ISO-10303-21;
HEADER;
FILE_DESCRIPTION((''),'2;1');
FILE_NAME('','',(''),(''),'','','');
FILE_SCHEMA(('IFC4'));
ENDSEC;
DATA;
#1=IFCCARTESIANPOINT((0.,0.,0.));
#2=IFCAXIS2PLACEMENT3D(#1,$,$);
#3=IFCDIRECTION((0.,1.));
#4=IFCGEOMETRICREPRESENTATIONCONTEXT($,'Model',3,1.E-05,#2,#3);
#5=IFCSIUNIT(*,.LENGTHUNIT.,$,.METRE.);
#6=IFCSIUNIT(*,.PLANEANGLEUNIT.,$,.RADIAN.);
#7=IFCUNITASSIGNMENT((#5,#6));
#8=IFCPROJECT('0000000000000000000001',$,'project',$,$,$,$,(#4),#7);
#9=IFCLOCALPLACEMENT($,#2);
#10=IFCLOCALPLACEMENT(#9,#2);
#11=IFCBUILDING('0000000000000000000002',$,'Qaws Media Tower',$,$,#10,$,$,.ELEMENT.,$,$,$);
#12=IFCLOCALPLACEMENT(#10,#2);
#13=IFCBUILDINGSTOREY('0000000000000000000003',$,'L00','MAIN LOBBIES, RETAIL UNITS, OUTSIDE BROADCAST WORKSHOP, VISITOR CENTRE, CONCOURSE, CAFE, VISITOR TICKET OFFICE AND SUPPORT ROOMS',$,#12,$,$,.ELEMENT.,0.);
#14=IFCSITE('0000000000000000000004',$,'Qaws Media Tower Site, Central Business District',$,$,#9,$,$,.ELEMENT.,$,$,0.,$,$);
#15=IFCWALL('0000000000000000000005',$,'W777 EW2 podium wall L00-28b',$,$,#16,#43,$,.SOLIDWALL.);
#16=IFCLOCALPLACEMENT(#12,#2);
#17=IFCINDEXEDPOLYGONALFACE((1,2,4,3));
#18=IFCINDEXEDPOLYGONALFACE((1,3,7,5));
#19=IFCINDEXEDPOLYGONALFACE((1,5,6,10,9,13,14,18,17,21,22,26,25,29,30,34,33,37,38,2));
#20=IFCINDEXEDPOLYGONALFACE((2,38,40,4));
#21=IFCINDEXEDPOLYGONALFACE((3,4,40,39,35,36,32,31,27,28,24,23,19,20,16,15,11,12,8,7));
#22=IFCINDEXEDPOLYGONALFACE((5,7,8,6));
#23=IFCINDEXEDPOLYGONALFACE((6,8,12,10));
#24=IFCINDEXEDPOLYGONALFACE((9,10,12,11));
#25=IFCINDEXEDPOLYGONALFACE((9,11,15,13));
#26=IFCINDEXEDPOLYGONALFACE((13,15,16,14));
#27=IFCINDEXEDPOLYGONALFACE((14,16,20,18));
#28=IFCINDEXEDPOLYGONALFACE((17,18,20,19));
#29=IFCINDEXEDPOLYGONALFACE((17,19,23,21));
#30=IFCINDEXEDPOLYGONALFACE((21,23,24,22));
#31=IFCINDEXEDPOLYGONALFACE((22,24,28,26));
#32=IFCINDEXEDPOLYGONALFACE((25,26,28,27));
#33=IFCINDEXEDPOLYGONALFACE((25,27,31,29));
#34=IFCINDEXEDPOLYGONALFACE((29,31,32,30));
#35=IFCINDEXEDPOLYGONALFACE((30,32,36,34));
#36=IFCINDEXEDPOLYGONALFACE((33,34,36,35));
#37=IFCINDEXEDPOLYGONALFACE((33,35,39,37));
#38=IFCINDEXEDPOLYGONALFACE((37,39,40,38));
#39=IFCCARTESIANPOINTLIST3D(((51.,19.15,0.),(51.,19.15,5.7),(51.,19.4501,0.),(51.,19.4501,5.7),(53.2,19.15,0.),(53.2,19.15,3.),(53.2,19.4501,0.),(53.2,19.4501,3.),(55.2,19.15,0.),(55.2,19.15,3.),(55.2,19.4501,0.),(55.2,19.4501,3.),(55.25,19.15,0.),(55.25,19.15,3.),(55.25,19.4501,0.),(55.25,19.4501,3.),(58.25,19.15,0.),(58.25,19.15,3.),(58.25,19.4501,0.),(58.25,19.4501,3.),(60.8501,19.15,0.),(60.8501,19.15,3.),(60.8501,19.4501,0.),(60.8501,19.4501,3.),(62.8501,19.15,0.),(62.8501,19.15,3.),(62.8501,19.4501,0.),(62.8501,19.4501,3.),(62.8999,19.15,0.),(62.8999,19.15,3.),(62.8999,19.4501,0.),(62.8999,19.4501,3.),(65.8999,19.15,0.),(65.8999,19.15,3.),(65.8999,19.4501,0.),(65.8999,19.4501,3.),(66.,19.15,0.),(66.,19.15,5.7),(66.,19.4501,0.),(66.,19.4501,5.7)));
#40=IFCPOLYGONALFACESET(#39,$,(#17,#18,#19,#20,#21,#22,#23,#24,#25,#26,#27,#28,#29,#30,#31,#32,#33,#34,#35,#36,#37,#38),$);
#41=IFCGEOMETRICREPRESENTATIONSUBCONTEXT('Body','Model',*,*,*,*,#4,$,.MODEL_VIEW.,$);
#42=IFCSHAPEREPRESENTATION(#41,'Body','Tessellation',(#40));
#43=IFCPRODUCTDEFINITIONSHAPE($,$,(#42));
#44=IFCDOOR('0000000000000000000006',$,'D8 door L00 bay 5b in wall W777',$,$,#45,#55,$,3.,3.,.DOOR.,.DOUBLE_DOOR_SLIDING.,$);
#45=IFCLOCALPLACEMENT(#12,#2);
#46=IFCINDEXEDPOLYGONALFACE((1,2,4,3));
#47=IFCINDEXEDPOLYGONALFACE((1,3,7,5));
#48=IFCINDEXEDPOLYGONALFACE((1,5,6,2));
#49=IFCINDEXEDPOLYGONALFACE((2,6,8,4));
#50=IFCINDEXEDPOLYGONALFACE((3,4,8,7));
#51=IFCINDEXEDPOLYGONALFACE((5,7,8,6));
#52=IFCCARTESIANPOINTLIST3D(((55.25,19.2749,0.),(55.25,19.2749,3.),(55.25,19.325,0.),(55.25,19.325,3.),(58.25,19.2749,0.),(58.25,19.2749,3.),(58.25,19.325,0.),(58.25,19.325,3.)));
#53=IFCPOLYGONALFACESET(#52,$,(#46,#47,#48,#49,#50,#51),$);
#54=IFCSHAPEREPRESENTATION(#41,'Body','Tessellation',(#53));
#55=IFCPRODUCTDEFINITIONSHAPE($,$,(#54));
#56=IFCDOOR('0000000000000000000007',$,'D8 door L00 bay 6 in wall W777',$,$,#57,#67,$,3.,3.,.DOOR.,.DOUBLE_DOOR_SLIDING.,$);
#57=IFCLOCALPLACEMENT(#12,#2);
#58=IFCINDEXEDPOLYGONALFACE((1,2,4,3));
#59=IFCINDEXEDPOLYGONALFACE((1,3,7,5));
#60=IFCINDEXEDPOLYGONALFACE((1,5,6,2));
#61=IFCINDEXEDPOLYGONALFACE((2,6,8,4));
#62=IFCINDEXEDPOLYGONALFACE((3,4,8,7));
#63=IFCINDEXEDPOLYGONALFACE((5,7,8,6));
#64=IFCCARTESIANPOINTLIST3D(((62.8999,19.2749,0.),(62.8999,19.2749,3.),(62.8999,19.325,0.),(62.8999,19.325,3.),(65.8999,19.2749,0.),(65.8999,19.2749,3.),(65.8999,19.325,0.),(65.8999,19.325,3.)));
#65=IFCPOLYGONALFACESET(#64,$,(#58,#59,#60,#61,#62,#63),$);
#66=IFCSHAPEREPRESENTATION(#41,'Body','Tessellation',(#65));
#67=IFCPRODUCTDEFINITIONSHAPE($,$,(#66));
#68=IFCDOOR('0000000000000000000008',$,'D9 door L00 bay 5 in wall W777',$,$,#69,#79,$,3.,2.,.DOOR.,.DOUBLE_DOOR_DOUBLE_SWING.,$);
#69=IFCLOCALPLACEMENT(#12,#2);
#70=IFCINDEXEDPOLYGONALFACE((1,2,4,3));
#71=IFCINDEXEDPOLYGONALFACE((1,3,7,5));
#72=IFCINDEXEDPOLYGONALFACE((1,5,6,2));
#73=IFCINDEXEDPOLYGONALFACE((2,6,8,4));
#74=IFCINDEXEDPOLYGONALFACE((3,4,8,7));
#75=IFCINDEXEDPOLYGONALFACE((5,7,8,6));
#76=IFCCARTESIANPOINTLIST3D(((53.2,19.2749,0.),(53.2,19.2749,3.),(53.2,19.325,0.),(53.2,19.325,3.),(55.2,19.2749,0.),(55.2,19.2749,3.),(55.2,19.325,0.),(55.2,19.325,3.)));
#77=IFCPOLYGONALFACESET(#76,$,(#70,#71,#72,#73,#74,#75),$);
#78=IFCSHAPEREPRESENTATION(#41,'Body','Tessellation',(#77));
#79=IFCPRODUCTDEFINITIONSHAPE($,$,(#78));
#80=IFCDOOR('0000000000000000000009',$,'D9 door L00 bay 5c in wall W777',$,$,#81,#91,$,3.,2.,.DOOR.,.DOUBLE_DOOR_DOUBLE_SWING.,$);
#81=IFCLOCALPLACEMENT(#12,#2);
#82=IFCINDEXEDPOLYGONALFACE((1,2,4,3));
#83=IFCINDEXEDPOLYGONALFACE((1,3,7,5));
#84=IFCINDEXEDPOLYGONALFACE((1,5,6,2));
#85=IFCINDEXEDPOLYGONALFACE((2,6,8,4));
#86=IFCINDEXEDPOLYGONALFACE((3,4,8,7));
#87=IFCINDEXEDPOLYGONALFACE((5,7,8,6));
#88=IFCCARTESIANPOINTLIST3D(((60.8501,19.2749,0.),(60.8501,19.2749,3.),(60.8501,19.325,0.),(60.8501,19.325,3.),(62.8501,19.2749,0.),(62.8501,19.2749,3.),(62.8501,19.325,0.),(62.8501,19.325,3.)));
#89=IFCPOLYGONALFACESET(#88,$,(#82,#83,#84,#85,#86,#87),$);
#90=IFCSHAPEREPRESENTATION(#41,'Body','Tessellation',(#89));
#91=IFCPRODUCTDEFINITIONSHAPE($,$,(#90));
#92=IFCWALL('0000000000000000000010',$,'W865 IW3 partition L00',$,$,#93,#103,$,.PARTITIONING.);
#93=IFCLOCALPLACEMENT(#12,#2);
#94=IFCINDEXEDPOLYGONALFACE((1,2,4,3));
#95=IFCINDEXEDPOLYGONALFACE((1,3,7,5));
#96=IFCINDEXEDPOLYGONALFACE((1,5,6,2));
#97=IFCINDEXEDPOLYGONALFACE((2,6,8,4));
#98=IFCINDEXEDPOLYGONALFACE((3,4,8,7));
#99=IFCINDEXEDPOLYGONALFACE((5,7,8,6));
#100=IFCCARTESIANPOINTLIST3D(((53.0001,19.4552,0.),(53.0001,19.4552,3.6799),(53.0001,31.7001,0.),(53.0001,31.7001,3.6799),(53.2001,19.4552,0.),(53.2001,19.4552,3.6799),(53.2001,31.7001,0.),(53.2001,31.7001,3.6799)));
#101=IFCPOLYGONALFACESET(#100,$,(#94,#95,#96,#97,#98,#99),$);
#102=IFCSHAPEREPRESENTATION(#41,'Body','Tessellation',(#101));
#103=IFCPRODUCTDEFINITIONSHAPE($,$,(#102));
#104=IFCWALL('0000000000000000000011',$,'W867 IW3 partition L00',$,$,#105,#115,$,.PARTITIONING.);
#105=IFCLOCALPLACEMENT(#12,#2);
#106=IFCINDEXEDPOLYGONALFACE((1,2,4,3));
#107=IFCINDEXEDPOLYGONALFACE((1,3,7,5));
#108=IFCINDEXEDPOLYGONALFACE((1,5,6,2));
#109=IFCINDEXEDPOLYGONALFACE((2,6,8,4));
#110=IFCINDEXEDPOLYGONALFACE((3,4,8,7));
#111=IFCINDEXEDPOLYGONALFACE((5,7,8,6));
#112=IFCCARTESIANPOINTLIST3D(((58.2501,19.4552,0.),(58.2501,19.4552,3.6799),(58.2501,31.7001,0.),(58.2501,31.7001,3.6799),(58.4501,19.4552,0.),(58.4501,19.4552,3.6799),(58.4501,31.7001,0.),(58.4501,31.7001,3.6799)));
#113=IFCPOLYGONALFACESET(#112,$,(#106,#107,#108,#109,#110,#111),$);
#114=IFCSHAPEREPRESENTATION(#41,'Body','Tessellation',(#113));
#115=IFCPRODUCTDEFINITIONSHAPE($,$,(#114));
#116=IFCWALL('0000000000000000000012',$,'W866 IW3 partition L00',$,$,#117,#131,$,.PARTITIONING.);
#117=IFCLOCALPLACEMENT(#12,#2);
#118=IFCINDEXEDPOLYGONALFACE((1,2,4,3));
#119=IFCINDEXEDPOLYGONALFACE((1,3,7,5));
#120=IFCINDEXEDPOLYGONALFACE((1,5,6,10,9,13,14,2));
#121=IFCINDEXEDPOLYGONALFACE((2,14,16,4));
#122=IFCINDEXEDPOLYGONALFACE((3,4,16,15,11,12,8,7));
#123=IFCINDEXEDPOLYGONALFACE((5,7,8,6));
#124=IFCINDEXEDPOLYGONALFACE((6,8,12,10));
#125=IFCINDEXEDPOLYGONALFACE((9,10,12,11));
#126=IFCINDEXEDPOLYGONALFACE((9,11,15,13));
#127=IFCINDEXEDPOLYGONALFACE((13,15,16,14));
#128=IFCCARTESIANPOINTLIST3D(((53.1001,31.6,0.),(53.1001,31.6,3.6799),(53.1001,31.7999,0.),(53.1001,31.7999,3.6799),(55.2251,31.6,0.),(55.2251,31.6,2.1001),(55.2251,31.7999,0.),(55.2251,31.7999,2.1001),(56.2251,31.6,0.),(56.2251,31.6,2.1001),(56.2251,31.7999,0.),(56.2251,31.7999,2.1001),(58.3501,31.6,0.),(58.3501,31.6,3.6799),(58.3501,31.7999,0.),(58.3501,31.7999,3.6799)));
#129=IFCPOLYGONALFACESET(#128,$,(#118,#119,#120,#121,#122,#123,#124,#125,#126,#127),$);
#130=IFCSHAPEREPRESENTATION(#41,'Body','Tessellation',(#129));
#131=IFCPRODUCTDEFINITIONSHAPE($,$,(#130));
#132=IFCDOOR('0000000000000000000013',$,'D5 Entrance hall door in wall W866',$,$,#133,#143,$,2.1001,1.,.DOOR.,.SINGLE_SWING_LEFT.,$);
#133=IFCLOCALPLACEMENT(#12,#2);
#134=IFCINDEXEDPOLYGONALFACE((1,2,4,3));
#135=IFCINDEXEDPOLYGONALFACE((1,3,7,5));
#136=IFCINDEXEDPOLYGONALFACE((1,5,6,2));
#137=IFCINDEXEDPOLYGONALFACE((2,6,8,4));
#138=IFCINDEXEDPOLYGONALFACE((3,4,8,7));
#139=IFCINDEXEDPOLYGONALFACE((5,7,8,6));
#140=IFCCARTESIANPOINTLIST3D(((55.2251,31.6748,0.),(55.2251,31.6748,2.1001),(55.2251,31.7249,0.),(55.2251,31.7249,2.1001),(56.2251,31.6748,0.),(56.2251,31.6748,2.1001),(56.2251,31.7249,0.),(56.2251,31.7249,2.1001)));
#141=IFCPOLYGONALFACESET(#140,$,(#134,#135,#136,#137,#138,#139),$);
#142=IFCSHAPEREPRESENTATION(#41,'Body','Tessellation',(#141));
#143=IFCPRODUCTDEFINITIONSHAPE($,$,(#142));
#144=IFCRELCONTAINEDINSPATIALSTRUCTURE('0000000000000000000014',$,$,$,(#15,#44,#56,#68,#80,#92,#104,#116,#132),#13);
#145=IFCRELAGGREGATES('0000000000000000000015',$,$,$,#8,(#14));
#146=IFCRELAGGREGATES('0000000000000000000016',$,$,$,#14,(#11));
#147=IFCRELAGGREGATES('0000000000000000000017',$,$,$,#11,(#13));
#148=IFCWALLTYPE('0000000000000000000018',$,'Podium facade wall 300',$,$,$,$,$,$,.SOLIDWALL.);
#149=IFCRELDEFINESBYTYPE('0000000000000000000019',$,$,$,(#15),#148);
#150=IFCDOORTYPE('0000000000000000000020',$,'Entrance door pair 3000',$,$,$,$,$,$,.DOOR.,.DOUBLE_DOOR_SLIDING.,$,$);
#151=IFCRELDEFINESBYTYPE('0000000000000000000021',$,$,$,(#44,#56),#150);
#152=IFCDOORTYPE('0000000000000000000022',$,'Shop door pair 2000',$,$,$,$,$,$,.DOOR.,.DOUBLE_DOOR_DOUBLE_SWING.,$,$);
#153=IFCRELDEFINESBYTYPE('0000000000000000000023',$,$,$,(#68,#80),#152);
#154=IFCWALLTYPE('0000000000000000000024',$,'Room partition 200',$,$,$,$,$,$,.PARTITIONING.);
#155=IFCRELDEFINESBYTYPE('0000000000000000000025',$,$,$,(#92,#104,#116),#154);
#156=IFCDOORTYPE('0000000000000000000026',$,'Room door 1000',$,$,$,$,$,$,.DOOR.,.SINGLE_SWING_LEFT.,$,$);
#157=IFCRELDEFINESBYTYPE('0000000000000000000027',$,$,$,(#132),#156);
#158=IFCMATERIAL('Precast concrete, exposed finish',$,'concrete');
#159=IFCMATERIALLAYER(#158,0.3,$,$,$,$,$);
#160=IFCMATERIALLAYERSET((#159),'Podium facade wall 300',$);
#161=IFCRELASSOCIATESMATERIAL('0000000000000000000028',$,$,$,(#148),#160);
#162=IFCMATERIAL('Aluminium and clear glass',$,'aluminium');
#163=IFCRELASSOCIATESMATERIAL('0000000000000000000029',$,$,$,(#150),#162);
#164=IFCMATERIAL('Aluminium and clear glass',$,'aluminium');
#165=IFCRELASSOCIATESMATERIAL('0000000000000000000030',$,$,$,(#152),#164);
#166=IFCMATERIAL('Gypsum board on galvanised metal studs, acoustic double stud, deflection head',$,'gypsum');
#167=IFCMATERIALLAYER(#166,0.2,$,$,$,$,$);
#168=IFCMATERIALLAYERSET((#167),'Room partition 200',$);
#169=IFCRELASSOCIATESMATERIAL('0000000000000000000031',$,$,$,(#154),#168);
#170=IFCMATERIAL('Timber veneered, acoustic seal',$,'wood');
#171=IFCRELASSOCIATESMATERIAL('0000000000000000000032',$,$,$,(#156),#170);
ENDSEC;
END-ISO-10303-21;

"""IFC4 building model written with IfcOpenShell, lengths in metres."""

from ifc_helpers import new_model, si_unit, direction, frame, frame_2d, origin, place, context, subcontext, project, spatial, rectangle, extrude, material, layer, layer_set, type_object, element, fill, save


model = new_model("IFC4")

# Units and contexts
model_context = context("Model", 3, precision=1e-05, world=origin(), true_north=direction((0.0, 1.0)))
body_context = subcontext(model_context, "Body", "Model", "MODEL_VIEW")
ifc_project = project(units=[si_unit("LENGTHUNIT", "METRE"), si_unit("PLANEANGLEUNIT", "RADIAN")], contexts=[model_context])

# Site, building, storey
site_placement = place(None, origin())
site = spatial("IfcSite", under=ifc_project, at=site_placement, Name="Qaws Media Tower Site, Central Business District", CompositionType="ELEMENT", RefElevation=0.0)
building_placement = place(site_placement, origin())
building = spatial("IfcBuilding", under=site, at=building_placement, Name="Qaws Media Tower", CompositionType="ELEMENT")
storey_placement = place(building_placement, origin())
storey = spatial("IfcBuildingStorey", under=building, at=storey_placement, Name="L00", Description="MAIN LOBBIES, RETAIL UNITS, OUTSIDE BROADCAST WORKSHOP, VISITOR CENTRE, CONCOURSE, CAFE, VISITOR TICKET OFFICE AND SUPPORT ROOMS", CompositionType="ELEMENT", Elevation=0.0)

# Wall, openings, doors
ifc_material_1 = material(Name="Precast concrete, exposed finish", Category="concrete")
ifc_layer_1 = layer(ifc_material_1, 0.3)
ifc_layer_set_1 = layer_set([ifc_layer_1], Name="Podium facade wall 300")
wall_type_1 = type_object("IfcWallType", Name="Podium facade wall 300", PredefinedType="SOLIDWALL", material=ifc_layer_set_1)
wall_1_placement = place(storey_placement, frame((51.0, 19.3, 0.0), z_axis=(0.0, 0.0, 1.0), x_axis=(1.0, 0.0, 0.0)))
wall_1 = element("IfcWall", 1, at=wall_1_placement, inside=storey, type_object=wall_type_1, Name="W777 EW2 podium wall L00-28b", PredefinedType="SOLIDWALL", context=body_context, shape_type="SweptSolid", body=[
    extrude(rectangle(XDim=15.0, YDim=0.3, at=frame_2d((7.5, 0.0))), origin(), (0.0, 0.0, 1.0), 5.7),
])
opening_1_placement = place(wall_1_placement, frame((2.2, 0.0, 0.0)))
opening_1 = element("IfcOpeningElement", 2, at=opening_1_placement, cuts=wall_1, PredefinedType="OPENING", context=body_context, shape_type="SweptSolid", body=[
    extrude(rectangle(XDim=2.0, YDim=3.0, at=frame_2d((1.0, 1.5))), frame((0.0, 0.1599, 0.0), z_axis=(0.0, -1.0, 0.0), x_axis=(1.0, 0.0, 0.0)), (0.0, 0.0, 1.0), 0.3201),
])
opening_2_placement = place(wall_1_placement, frame((4.25, 0.0, 0.0)))
opening_2 = element("IfcOpeningElement", 3, at=opening_2_placement, cuts=wall_1, PredefinedType="OPENING", context=body_context, shape_type="SweptSolid", body=[
    extrude(rectangle(XDim=3.0, YDim=3.0, at=frame_2d((1.5, 1.5))), frame((0.0, 0.1599, 0.0), z_axis=(0.0, -1.0, 0.0), x_axis=(1.0, 0.0, 0.0)), (0.0, 0.0, 1.0), 0.3201),
])
opening_3_placement = place(wall_1_placement, frame((9.8501, 0.0, 0.0)))
opening_3 = element("IfcOpeningElement", 4, at=opening_3_placement, cuts=wall_1, PredefinedType="OPENING", context=body_context, shape_type="SweptSolid", body=[
    extrude(rectangle(XDim=2.0, YDim=3.0, at=frame_2d((1.0, 1.5))), frame((0.0, 0.1599, 0.0), z_axis=(0.0, -1.0, 0.0), x_axis=(1.0, 0.0, 0.0)), (0.0, 0.0, 1.0), 0.3201),
])
opening_4_placement = place(wall_1_placement, frame((11.8999, 0.0, 0.0)))
opening_4 = element("IfcOpeningElement", 5, at=opening_4_placement, cuts=wall_1, PredefinedType="OPENING", context=body_context, shape_type="SweptSolid", body=[
    extrude(rectangle(XDim=3.0, YDim=3.0, at=frame_2d((1.5, 1.5))), frame((0.0, 0.1599, 0.0), z_axis=(0.0, -1.0, 0.0), x_axis=(1.0, 0.0, 0.0)), (0.0, 0.0, 1.0), 0.3201),
])
ifc_material_2 = material(Name="Aluminium and clear glass", Category="aluminium")
door_type_1 = type_object("IfcDoorType", Name="Entrance door pair 3000", OperationType="DOUBLE_DOOR_SLIDING", PredefinedType="DOOR", material=ifc_material_2)
door_1_placement = place(opening_2_placement, origin())
door_1 = element("IfcDoor", 6, at=door_1_placement, inside=storey, type_object=door_type_1, Name="D8 door L00 bay 5b in wall W777", OperationType="DOUBLE_DOOR_SLIDING", OverallHeight=3.0, OverallWidth=3.0, PredefinedType="DOOR", context=body_context, shape_type="SweptSolid", body=[
    extrude(rectangle(XDim=3.0, YDim=3.0, at=frame_2d((1.5, 1.5))), frame((0.0, 0.0249, 0.0), z_axis=(0.0, -1.0, 0.0), x_axis=(1.0, 0.0, 0.0)), (0.0, 0.0, 1.0), 0.05),
])
fill(opening_2, door_1)
door_2_placement = place(opening_4_placement, origin())
door_2 = element("IfcDoor", 7, at=door_2_placement, inside=storey, type_object=door_type_1, Name="D8 door L00 bay 6 in wall W777", OperationType="DOUBLE_DOOR_SLIDING", OverallHeight=3.0, OverallWidth=3.0, PredefinedType="DOOR", context=body_context, shape_type="SweptSolid", body=[
    extrude(rectangle(XDim=3.0, YDim=3.0, at=frame_2d((1.5, 1.5))), frame((0.0, 0.0249, 0.0), z_axis=(0.0, -1.0, 0.0), x_axis=(1.0, 0.0, 0.0)), (0.0, 0.0, 1.0), 0.05),
])
fill(opening_4, door_2)
ifc_material_3 = material(Name="Aluminium and clear glass", Category="aluminium")
door_type_2 = type_object("IfcDoorType", Name="Shop door pair 2000", OperationType="DOUBLE_DOOR_DOUBLE_SWING", PredefinedType="DOOR", material=ifc_material_3)
door_3_placement = place(opening_1_placement, origin())
door_3 = element("IfcDoor", 8, at=door_3_placement, inside=storey, type_object=door_type_2, Name="D9 door L00 bay 5 in wall W777", OperationType="DOUBLE_DOOR_DOUBLE_SWING", OverallHeight=3.0, OverallWidth=2.0, PredefinedType="DOOR", context=body_context, shape_type="SweptSolid", body=[
    extrude(rectangle(XDim=2.0, YDim=3.0, at=frame_2d((1.0, 1.5))), frame((0.0, 0.0249, 0.0), z_axis=(0.0, -1.0, 0.0), x_axis=(1.0, 0.0, 0.0)), (0.0, 0.0, 1.0), 0.05),
])
fill(opening_1, door_3)
door_4_placement = place(opening_3_placement, origin())
door_4 = element("IfcDoor", 9, at=door_4_placement, inside=storey, type_object=door_type_2, Name="D9 door L00 bay 5c in wall W777", OperationType="DOUBLE_DOOR_DOUBLE_SWING", OverallHeight=3.0, OverallWidth=2.0, PredefinedType="DOOR", context=body_context, shape_type="SweptSolid", body=[
    extrude(rectangle(XDim=2.0, YDim=3.0, at=frame_2d((1.0, 1.5))), frame((0.0, 0.0249, 0.0), z_axis=(0.0, -1.0, 0.0), x_axis=(1.0, 0.0, 0.0)), (0.0, 0.0, 1.0), 0.05),
])
fill(opening_3, door_4)

# Walls
ifc_material_4 = material(Name="Gypsum board on galvanised metal studs, acoustic double stud, deflection head", Category="gypsum")
ifc_layer_2 = layer(ifc_material_4, 0.2)
ifc_layer_set_2 = layer_set([ifc_layer_2], Name="Room partition 200")
wall_type_2 = type_object("IfcWallType", Name="Room partition 200", PredefinedType="PARTITIONING", material=ifc_layer_set_2)
for number, where, z_axis, x_axis, name in (
    (10, (53.1001, 19.4551, 0.0), (0.0, 0.0, 1.0), (0.0, 1.0, 0.0), "W865 IW3 partition L00"),
    (11, (58.3501, 19.4551, 0.0), (0.0, 0.0, 1.0), (0.0, 1.0, 0.0), "W867 IW3 partition L00"),
):
    element("IfcWall", number, at=place(storey_placement, frame(where, z_axis=z_axis, x_axis=x_axis)), inside=storey, type_object=wall_type_2, Name=name, PredefinedType="PARTITIONING", context=body_context, shape_type="SweptSolid", body=[
        extrude(rectangle(XDim=12.2449, YDim=0.2, at=frame_2d((6.1226, 0.0))), origin(), (0.0, 0.0, 1.0), 3.6799),
    ])

# Wall, opening, door
wall_2_placement = place(storey_placement, frame((53.1001, 31.7, 0.0), z_axis=(0.0, 0.0, 1.0), x_axis=(1.0, 0.0, 0.0)))
wall_2 = element("IfcWall", 12, at=wall_2_placement, inside=storey, type_object=wall_type_2, Name="W866 IW3 partition L00", PredefinedType="PARTITIONING", context=body_context, shape_type="SweptSolid", body=[
    extrude(rectangle(XDim=5.25, YDim=0.2, at=frame_2d((2.625, 0.0))), origin(), (0.0, 0.0, 1.0), 3.6799),
])
opening_5_placement = place(wall_2_placement, frame((2.125, 0.0, 0.0)))
opening_5 = element("IfcOpeningElement", 13, at=opening_5_placement, cuts=wall_2, PredefinedType="OPENING", context=body_context, shape_type="SweptSolid", body=[
    extrude(rectangle(XDim=1.0, YDim=2.1001, at=frame_2d((0.5, 1.05))), frame((0.0, 0.1099, 0.0), z_axis=(0.0, -1.0, 0.0), x_axis=(1.0, 0.0, 0.0)), (0.0, 0.0, 1.0), 0.22),
])
ifc_material_5 = material(Name="Timber veneered, acoustic seal", Category="wood")
door_type_3 = type_object("IfcDoorType", Name="Room door 1000", OperationType="SINGLE_SWING_LEFT", PredefinedType="DOOR", material=ifc_material_5)
door_5_placement = place(opening_5_placement, origin())
door_5 = element("IfcDoor", 14, at=door_5_placement, inside=storey, type_object=door_type_3, Name="D5 Entrance hall door in wall W866", OperationType="SINGLE_SWING_LEFT", OverallHeight=2.1001, OverallWidth=1.0, PredefinedType="DOOR", context=body_context, shape_type="SweptSolid", body=[
    extrude(rectangle(XDim=1.0, YDim=2.1001, at=frame_2d((0.5, 1.05))), frame((0.0, 0.0249, 0.0), z_axis=(0.0, -1.0, 0.0), x_axis=(1.0, 0.0, 0.0)), (0.0, 0.0, 1.0), 0.05),
])
fill(opening_5, door_5)

save(model, "model.ifc")
